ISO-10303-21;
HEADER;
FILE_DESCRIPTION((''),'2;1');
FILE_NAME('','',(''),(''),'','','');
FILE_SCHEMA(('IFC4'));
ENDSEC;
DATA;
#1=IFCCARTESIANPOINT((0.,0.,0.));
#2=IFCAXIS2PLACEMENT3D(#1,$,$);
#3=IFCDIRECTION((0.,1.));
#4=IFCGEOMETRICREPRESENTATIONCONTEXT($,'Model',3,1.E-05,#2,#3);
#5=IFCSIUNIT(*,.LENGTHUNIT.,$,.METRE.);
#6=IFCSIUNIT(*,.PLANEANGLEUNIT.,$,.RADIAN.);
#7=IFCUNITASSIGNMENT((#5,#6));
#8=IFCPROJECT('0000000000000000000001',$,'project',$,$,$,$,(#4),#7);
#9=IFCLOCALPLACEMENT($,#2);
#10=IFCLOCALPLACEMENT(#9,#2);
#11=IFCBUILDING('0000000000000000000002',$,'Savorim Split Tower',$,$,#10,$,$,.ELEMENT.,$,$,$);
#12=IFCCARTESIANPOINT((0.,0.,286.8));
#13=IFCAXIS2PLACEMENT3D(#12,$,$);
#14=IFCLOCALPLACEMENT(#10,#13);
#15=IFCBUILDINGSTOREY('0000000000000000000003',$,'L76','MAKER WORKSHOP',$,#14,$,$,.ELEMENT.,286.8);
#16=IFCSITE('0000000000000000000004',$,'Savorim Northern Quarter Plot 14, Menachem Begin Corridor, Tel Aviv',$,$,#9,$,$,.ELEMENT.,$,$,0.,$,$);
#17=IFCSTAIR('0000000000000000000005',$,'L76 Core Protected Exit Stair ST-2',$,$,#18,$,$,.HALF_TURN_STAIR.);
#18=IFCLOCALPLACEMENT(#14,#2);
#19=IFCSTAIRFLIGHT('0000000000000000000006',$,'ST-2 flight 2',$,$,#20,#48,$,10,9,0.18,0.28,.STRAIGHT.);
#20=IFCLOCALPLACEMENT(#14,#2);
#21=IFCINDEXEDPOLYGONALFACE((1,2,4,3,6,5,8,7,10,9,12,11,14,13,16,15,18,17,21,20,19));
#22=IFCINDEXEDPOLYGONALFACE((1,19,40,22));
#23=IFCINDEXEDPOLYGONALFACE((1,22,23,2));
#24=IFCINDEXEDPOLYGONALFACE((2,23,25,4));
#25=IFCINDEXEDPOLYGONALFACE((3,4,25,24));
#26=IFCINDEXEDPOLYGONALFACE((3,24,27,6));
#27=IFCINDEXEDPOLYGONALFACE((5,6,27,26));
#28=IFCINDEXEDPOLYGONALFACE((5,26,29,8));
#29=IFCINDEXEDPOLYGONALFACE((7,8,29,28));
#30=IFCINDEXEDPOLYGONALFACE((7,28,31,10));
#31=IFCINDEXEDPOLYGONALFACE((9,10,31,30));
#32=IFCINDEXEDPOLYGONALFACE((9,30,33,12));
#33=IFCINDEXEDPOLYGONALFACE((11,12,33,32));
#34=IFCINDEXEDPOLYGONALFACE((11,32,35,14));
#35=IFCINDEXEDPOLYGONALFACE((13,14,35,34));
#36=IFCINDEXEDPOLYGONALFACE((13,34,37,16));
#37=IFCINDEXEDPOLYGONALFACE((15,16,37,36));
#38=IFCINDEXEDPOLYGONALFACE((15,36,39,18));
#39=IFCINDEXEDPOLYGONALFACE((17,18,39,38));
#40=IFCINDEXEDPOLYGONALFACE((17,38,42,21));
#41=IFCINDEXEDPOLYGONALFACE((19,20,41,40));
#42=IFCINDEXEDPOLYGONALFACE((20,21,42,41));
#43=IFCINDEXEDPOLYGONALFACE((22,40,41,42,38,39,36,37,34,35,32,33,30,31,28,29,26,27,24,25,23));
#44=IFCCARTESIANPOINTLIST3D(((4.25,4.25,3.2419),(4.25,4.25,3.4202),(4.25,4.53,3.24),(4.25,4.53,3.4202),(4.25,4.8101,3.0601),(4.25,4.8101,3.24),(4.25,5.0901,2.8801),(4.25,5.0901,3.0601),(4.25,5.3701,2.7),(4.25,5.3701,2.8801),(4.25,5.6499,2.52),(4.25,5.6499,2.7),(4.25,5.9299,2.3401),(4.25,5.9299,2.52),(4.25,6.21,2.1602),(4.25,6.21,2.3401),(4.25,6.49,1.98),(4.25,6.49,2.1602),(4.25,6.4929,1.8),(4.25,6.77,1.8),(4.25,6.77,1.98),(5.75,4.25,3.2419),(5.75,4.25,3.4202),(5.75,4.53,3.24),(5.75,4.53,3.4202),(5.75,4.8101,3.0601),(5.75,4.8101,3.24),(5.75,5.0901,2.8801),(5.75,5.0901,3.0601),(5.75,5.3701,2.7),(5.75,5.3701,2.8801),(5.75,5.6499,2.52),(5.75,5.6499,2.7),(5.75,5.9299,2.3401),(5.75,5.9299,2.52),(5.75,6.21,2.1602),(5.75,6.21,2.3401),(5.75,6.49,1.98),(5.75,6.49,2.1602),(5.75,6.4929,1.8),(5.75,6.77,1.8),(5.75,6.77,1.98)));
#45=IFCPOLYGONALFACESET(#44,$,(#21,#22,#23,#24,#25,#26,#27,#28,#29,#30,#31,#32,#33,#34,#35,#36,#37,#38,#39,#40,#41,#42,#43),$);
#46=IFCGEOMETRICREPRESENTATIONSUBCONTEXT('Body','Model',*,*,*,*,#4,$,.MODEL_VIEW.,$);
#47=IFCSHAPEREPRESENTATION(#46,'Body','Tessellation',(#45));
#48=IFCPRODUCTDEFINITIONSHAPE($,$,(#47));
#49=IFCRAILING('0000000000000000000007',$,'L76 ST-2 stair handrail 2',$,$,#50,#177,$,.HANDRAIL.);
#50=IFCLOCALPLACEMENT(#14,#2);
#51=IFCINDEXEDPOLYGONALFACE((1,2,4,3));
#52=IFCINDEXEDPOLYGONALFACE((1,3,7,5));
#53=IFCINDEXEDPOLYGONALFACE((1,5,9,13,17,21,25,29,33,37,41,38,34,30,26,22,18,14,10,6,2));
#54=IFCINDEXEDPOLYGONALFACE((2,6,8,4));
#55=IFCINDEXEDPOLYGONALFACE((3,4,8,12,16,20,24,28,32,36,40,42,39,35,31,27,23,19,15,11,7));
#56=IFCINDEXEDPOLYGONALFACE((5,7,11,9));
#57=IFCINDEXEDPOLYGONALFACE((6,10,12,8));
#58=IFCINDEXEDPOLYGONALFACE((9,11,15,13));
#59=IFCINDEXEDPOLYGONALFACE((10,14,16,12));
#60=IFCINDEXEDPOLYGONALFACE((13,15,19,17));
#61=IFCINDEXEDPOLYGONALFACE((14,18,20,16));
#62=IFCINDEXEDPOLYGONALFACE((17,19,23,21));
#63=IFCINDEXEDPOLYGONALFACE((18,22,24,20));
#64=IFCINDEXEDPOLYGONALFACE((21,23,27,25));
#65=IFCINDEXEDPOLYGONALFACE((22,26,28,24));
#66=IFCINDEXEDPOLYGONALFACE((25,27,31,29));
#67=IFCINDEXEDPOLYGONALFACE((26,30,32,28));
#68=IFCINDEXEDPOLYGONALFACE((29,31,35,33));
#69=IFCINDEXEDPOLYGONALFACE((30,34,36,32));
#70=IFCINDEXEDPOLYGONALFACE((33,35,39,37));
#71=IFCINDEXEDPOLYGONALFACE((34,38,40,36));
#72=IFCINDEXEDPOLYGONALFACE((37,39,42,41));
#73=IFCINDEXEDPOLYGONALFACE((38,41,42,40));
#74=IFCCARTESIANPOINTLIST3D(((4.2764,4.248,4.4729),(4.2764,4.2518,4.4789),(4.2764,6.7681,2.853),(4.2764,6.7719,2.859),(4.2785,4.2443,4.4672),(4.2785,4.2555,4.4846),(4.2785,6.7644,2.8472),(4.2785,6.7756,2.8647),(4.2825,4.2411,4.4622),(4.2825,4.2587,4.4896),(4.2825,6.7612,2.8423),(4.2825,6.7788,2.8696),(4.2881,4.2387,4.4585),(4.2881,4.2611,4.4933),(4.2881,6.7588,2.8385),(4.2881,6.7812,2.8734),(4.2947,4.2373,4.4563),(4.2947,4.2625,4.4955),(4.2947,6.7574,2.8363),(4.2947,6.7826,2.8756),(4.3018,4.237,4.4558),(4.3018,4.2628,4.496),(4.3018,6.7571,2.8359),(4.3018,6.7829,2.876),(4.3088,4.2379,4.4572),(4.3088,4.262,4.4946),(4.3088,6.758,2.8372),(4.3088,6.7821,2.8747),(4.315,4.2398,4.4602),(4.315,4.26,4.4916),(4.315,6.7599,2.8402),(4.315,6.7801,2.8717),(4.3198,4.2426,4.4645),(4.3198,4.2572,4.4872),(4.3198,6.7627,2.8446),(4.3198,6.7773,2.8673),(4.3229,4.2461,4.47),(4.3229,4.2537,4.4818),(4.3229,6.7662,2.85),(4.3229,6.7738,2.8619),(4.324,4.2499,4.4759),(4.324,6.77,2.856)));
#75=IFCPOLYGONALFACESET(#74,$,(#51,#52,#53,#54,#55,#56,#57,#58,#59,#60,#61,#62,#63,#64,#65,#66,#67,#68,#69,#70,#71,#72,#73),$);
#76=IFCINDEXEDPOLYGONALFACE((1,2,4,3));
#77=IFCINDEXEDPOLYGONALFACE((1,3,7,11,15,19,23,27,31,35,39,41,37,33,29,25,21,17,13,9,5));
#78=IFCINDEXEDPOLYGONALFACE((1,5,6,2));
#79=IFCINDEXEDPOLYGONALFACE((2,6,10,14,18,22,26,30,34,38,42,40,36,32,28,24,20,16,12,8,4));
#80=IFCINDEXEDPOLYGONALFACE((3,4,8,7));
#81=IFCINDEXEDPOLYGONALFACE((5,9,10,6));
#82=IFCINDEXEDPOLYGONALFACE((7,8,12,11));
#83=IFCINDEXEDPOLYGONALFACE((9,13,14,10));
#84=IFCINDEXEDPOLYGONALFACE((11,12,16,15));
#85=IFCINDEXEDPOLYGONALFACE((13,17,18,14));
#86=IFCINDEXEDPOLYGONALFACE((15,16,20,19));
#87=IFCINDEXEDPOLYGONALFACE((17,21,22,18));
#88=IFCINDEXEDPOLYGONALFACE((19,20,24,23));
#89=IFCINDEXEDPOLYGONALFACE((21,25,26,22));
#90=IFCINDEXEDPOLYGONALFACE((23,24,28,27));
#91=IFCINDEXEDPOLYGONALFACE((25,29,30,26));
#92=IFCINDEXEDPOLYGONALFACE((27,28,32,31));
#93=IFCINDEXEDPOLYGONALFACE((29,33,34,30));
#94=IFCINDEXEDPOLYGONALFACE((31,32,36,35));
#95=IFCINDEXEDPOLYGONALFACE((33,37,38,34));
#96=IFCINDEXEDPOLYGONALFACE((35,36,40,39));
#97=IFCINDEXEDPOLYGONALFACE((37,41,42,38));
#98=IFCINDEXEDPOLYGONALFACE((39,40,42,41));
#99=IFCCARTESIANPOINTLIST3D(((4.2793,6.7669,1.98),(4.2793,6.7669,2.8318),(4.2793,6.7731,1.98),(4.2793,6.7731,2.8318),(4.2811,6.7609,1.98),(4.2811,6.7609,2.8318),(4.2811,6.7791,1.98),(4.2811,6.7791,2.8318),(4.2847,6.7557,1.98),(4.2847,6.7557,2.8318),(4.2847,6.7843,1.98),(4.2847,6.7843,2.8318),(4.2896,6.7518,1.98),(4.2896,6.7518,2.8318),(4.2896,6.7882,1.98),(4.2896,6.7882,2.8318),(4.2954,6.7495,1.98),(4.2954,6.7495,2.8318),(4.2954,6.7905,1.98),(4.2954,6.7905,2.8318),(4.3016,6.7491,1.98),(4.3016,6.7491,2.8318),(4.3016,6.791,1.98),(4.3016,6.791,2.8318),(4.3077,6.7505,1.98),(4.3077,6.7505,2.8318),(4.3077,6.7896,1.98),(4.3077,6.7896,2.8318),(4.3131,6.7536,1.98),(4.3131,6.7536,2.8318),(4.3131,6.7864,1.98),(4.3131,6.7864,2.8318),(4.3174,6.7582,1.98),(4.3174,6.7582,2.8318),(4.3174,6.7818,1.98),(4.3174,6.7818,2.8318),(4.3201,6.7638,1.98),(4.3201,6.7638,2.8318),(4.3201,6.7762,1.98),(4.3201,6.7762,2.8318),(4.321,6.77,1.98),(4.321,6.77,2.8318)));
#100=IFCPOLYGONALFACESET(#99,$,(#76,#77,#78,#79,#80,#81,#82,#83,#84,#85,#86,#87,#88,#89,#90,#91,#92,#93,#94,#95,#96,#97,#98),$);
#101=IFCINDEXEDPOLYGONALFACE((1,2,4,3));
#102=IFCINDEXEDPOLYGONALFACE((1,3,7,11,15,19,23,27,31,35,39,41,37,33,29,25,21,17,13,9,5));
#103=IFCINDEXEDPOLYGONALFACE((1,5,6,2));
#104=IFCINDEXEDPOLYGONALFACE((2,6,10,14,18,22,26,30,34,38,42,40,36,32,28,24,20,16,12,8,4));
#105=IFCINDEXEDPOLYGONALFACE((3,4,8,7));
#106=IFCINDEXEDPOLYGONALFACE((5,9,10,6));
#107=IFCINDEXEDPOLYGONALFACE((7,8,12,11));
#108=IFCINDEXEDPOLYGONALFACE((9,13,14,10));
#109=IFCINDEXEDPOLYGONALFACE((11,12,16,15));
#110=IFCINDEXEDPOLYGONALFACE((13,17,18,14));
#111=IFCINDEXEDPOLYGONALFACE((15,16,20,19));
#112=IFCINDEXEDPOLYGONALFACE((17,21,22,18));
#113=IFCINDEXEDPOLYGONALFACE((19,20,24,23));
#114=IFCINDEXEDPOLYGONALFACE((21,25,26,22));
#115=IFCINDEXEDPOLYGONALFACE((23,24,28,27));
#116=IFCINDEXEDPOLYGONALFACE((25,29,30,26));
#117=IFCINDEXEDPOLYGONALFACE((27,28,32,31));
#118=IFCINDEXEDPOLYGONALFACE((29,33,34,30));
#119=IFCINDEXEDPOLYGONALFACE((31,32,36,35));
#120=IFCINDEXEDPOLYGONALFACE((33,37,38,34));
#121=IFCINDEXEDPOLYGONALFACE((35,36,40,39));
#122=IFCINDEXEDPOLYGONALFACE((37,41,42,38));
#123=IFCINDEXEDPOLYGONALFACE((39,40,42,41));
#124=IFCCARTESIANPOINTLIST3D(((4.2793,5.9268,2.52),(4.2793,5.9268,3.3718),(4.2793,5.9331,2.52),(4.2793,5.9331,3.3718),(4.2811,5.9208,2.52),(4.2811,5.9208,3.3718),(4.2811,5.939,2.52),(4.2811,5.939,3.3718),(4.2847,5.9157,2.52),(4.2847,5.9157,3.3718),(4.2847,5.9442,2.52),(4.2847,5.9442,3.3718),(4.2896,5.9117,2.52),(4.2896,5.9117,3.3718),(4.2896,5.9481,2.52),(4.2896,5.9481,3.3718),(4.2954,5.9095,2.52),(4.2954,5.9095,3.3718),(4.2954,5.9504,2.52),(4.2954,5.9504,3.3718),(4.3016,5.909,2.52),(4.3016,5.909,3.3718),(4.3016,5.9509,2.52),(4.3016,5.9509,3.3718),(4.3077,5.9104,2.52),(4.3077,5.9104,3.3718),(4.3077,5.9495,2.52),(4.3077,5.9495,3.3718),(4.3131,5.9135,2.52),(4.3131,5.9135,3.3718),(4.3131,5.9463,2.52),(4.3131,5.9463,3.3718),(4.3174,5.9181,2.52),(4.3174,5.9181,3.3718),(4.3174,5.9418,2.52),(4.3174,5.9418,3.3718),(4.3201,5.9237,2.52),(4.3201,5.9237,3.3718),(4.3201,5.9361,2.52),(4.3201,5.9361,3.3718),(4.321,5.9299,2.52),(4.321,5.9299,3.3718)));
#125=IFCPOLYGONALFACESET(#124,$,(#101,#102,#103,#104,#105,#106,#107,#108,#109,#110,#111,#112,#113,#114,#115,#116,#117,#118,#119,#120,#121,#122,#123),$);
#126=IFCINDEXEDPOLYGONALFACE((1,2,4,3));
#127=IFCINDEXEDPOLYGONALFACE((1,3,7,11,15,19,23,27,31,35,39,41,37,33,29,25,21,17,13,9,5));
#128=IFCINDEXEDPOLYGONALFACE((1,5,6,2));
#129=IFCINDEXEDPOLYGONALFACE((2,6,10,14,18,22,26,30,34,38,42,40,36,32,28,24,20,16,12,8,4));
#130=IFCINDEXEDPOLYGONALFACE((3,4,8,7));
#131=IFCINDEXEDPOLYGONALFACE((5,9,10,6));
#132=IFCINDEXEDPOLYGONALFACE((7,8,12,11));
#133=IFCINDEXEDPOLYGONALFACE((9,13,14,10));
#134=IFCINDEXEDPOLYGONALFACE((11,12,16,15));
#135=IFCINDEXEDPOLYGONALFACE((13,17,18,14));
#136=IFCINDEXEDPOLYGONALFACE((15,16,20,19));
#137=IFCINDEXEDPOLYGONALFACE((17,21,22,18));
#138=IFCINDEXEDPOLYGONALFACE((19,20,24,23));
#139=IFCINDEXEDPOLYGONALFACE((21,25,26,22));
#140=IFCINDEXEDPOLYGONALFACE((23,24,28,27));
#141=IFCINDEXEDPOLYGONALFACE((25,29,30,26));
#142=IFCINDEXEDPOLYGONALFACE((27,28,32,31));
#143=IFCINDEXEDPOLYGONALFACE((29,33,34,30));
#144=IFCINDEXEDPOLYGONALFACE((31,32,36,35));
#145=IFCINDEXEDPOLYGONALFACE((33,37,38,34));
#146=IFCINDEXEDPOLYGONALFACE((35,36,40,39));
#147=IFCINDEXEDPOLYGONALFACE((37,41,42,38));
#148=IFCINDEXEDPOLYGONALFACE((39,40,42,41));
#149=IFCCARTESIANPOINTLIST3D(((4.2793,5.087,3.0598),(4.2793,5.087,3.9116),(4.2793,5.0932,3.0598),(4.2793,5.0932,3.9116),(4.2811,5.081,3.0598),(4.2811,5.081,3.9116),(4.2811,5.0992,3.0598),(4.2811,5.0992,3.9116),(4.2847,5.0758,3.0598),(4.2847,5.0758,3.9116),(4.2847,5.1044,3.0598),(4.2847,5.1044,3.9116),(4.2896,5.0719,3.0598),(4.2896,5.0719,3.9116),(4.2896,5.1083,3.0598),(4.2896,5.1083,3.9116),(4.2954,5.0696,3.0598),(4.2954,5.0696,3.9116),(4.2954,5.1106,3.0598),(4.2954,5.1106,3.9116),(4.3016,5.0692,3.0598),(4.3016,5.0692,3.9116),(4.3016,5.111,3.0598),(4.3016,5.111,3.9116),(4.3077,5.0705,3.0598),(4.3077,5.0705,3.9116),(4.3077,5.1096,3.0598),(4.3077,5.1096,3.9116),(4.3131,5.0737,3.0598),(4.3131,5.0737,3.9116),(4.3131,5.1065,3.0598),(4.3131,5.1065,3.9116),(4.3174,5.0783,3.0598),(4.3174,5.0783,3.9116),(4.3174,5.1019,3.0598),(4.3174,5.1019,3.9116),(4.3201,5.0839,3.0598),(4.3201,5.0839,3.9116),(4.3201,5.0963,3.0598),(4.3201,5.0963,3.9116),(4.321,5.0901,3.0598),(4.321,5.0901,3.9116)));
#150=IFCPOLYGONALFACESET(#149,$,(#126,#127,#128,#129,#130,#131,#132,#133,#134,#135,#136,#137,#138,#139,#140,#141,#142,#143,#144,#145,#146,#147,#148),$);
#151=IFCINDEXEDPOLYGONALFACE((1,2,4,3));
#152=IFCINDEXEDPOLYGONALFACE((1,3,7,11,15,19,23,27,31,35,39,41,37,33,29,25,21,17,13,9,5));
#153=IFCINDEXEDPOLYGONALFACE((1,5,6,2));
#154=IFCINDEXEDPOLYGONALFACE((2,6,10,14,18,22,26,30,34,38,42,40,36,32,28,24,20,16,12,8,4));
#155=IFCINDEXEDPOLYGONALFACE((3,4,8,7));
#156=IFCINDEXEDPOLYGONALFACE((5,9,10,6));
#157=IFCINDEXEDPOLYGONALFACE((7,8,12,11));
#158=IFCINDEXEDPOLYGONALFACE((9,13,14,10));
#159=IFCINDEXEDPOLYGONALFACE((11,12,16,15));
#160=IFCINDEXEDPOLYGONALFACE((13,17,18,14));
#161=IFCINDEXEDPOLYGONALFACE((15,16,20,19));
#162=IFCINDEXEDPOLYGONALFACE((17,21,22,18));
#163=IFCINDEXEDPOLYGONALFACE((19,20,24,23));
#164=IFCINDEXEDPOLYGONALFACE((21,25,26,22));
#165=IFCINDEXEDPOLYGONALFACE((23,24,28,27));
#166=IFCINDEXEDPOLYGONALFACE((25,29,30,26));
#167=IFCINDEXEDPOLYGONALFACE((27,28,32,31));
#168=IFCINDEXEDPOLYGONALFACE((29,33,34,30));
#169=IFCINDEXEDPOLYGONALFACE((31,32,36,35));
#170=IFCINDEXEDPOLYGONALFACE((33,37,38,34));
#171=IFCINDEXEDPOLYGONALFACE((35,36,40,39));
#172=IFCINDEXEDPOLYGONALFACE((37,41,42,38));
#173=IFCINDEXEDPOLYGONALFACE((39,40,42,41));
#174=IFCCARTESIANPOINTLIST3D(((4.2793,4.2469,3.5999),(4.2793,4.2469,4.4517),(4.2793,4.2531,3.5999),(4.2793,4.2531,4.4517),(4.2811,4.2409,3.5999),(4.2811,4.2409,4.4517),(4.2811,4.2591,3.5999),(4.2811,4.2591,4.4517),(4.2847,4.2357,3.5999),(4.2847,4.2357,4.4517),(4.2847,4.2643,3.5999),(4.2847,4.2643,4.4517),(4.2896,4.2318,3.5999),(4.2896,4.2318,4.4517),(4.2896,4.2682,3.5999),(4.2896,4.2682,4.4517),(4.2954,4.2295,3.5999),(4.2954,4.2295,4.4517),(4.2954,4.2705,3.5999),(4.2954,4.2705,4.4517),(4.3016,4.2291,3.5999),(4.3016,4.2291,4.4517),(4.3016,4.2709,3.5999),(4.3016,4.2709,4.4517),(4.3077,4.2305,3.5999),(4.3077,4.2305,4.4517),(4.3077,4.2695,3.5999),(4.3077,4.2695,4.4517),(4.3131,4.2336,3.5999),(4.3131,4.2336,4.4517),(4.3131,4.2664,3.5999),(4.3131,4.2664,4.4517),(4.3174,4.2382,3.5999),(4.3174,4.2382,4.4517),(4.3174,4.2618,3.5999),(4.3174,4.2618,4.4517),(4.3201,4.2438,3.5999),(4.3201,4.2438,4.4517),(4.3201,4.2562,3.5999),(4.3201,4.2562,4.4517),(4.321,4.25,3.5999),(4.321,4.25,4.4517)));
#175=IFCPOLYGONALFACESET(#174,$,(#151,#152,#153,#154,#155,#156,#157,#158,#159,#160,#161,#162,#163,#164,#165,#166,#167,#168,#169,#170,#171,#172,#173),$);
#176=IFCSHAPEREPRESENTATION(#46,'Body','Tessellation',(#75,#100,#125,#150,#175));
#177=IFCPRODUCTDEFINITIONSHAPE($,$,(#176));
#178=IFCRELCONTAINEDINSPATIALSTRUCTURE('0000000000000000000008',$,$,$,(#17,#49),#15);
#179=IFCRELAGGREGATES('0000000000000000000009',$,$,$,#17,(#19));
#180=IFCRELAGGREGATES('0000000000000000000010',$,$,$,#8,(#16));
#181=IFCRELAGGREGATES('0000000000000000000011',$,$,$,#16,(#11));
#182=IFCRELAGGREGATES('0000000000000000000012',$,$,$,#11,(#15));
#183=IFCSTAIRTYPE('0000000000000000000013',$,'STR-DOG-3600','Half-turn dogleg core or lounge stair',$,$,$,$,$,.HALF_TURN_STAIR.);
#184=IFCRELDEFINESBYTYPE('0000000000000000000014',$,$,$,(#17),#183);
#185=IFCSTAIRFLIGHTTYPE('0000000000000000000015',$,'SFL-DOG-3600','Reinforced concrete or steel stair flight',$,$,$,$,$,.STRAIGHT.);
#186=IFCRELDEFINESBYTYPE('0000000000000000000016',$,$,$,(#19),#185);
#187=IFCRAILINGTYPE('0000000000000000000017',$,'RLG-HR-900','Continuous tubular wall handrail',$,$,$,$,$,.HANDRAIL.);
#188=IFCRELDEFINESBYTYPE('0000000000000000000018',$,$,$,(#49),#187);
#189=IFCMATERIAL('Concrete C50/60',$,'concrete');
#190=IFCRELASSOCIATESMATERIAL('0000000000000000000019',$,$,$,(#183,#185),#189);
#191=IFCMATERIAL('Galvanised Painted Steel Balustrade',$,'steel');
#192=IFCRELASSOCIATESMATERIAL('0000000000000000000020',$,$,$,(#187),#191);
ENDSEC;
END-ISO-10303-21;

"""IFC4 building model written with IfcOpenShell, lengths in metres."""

from ifc_helpers import new_model, si_unit, direction, frame, origin, origin_2d, place, context, subcontext, project, spatial, polyline, circle, outline, extrude, material, type_object, element, aggregate, save


model = new_model("IFC4")

# Units and contexts
model_context = context("Model", 3, precision=1e-05, world=origin(), true_north=direction((0.0, 1.0)))
body_context = subcontext(model_context, "Body", "Model", "MODEL_VIEW")
ifc_project = project(units=[si_unit("LENGTHUNIT", "METRE"), si_unit("PLANEANGLEUNIT", "RADIAN")], contexts=[model_context])

# Site, building, storey
site_placement = place(None, origin())
site = spatial("IfcSite", under=ifc_project, at=site_placement, Name="Savorim Northern Quarter Plot 14, Menachem Begin Corridor, Tel Aviv", CompositionType="ELEMENT", RefElevation=0.0)
building_placement = place(site_placement, origin())
building = spatial("IfcBuilding", under=site, at=building_placement, Name="Savorim Split Tower", CompositionType="ELEMENT")
storey_placement = place(building_placement, frame((0.0, 0.0, 286.8)))
storey = spatial("IfcBuildingStorey", under=building, at=storey_placement, Name="L76", Description="MAKER WORKSHOP", CompositionType="ELEMENT", Elevation=286.8)

# Stair, stair flight
ifc_material_1 = material(Name="Concrete C50/60", Category="concrete")
stair_type = type_object("IfcStairType", Name="STR-DOG-3600", Description="Half-turn dogleg core or lounge stair", PredefinedType="HALF_TURN_STAIR", material=ifc_material_1)
stair_placement = place(storey_placement, origin())
stair = element("IfcStair", 1, at=stair_placement, inside=storey, type_object=stair_type, Name="L76 Core Protected Exit Stair ST-2", PredefinedType="HALF_TURN_STAIR")
stair_flight_type = type_object("IfcStairFlightType", Name="SFL-DOG-3600", Description="Reinforced concrete or steel stair flight", PredefinedType="STRAIGHT", material=ifc_material_1)
stair_flight_placement = place(storey_placement, frame((5.0, 6.77, 1.8), z_axis=(0.0, 0.0, 1.0), x_axis=(0.0, -1.0, 0.0)))
stair_flight = element("IfcStairFlight", 2, at=stair_flight_placement, type_object=stair_flight_type, Name="ST-2 flight 2", NumberOfRisers=10, NumberOfTreads=9, PredefinedType="STRAIGHT", RiserHeight=0.18, TreadLength=0.28, context=body_context, shape_type="SweptSolid", body=[
    extrude(outline(polyline([(0.0, 0.0), (0.0, 0.1799), (0.28, 0.1799), (0.28, 0.3601), (0.5601, 0.3601), (0.5601, 0.54), (0.8401, 0.54), (0.8401, 0.72), (1.1201, 0.72), (1.1201, 0.8999), (1.3999, 0.8999), (1.3999, 1.0801), (1.6799, 1.0801), (1.6799, 1.26), (1.96, 1.26), (1.96, 1.4399), (2.24, 1.4399), (2.24, 1.6201), (2.52, 1.6201), (2.52, 1.8), (2.52, 1.4419), (0.2771, 0.0), (0.0, 0.0)])), frame((0.0, 0.75, 0.0), z_axis=(0.0, -1.0, 0.0), x_axis=(1.0, 0.0, 0.0)), (0.0, 0.0, 1.0), 1.5),
])
aggregate(stair, [stair_flight])

# Railing
ifc_material_2 = material(Name="Galvanised Painted Steel Balustrade", Category="steel")
railing_type_1 = type_object("IfcRailingType", Name="RLG-HR-900", Description="Continuous tubular wall handrail", PredefinedType="HANDRAIL", material=ifc_material_2)
railing_1_placement = place(storey_placement, frame((4.3, 6.77, 1.98)))
element("IfcRailing", 3, at=railing_1_placement, inside=storey, type_object=railing_type_1, Name="L76 ST-2 stair handrail 2", PredefinedType="HANDRAIL", context=body_context, shape_type="SweptSolid", body=[
    extrude(circle(Radius=0.0239, at=origin_2d()), frame((0.0, 0.0, 0.876), z_axis=(0.0, -0.8412, 0.540725), x_axis=(1.0, 0.0, 0.0)), (0.0, 0.0, 1.0), 2.9958),
    extrude(circle(Radius=0.021, at=origin_2d()), origin(), (0.0, 0.0, 1.0), 0.8518),
    extrude(circle(Radius=0.021, at=origin_2d()), frame((0.0, -0.8401, 0.54)), (0.0, 0.0, 1.0), 0.8518),
    extrude(circle(Radius=0.021, at=origin_2d()), frame((0.0, -1.6799, 1.0798)), (0.0, 0.0, 1.0), 0.8518),
    extrude(circle(Radius=0.021, at=origin_2d()), frame((0.0, -2.52, 1.6199)), (0.0, 0.0, 1.0), 0.8518),
])

save(model, "model.ifc")
